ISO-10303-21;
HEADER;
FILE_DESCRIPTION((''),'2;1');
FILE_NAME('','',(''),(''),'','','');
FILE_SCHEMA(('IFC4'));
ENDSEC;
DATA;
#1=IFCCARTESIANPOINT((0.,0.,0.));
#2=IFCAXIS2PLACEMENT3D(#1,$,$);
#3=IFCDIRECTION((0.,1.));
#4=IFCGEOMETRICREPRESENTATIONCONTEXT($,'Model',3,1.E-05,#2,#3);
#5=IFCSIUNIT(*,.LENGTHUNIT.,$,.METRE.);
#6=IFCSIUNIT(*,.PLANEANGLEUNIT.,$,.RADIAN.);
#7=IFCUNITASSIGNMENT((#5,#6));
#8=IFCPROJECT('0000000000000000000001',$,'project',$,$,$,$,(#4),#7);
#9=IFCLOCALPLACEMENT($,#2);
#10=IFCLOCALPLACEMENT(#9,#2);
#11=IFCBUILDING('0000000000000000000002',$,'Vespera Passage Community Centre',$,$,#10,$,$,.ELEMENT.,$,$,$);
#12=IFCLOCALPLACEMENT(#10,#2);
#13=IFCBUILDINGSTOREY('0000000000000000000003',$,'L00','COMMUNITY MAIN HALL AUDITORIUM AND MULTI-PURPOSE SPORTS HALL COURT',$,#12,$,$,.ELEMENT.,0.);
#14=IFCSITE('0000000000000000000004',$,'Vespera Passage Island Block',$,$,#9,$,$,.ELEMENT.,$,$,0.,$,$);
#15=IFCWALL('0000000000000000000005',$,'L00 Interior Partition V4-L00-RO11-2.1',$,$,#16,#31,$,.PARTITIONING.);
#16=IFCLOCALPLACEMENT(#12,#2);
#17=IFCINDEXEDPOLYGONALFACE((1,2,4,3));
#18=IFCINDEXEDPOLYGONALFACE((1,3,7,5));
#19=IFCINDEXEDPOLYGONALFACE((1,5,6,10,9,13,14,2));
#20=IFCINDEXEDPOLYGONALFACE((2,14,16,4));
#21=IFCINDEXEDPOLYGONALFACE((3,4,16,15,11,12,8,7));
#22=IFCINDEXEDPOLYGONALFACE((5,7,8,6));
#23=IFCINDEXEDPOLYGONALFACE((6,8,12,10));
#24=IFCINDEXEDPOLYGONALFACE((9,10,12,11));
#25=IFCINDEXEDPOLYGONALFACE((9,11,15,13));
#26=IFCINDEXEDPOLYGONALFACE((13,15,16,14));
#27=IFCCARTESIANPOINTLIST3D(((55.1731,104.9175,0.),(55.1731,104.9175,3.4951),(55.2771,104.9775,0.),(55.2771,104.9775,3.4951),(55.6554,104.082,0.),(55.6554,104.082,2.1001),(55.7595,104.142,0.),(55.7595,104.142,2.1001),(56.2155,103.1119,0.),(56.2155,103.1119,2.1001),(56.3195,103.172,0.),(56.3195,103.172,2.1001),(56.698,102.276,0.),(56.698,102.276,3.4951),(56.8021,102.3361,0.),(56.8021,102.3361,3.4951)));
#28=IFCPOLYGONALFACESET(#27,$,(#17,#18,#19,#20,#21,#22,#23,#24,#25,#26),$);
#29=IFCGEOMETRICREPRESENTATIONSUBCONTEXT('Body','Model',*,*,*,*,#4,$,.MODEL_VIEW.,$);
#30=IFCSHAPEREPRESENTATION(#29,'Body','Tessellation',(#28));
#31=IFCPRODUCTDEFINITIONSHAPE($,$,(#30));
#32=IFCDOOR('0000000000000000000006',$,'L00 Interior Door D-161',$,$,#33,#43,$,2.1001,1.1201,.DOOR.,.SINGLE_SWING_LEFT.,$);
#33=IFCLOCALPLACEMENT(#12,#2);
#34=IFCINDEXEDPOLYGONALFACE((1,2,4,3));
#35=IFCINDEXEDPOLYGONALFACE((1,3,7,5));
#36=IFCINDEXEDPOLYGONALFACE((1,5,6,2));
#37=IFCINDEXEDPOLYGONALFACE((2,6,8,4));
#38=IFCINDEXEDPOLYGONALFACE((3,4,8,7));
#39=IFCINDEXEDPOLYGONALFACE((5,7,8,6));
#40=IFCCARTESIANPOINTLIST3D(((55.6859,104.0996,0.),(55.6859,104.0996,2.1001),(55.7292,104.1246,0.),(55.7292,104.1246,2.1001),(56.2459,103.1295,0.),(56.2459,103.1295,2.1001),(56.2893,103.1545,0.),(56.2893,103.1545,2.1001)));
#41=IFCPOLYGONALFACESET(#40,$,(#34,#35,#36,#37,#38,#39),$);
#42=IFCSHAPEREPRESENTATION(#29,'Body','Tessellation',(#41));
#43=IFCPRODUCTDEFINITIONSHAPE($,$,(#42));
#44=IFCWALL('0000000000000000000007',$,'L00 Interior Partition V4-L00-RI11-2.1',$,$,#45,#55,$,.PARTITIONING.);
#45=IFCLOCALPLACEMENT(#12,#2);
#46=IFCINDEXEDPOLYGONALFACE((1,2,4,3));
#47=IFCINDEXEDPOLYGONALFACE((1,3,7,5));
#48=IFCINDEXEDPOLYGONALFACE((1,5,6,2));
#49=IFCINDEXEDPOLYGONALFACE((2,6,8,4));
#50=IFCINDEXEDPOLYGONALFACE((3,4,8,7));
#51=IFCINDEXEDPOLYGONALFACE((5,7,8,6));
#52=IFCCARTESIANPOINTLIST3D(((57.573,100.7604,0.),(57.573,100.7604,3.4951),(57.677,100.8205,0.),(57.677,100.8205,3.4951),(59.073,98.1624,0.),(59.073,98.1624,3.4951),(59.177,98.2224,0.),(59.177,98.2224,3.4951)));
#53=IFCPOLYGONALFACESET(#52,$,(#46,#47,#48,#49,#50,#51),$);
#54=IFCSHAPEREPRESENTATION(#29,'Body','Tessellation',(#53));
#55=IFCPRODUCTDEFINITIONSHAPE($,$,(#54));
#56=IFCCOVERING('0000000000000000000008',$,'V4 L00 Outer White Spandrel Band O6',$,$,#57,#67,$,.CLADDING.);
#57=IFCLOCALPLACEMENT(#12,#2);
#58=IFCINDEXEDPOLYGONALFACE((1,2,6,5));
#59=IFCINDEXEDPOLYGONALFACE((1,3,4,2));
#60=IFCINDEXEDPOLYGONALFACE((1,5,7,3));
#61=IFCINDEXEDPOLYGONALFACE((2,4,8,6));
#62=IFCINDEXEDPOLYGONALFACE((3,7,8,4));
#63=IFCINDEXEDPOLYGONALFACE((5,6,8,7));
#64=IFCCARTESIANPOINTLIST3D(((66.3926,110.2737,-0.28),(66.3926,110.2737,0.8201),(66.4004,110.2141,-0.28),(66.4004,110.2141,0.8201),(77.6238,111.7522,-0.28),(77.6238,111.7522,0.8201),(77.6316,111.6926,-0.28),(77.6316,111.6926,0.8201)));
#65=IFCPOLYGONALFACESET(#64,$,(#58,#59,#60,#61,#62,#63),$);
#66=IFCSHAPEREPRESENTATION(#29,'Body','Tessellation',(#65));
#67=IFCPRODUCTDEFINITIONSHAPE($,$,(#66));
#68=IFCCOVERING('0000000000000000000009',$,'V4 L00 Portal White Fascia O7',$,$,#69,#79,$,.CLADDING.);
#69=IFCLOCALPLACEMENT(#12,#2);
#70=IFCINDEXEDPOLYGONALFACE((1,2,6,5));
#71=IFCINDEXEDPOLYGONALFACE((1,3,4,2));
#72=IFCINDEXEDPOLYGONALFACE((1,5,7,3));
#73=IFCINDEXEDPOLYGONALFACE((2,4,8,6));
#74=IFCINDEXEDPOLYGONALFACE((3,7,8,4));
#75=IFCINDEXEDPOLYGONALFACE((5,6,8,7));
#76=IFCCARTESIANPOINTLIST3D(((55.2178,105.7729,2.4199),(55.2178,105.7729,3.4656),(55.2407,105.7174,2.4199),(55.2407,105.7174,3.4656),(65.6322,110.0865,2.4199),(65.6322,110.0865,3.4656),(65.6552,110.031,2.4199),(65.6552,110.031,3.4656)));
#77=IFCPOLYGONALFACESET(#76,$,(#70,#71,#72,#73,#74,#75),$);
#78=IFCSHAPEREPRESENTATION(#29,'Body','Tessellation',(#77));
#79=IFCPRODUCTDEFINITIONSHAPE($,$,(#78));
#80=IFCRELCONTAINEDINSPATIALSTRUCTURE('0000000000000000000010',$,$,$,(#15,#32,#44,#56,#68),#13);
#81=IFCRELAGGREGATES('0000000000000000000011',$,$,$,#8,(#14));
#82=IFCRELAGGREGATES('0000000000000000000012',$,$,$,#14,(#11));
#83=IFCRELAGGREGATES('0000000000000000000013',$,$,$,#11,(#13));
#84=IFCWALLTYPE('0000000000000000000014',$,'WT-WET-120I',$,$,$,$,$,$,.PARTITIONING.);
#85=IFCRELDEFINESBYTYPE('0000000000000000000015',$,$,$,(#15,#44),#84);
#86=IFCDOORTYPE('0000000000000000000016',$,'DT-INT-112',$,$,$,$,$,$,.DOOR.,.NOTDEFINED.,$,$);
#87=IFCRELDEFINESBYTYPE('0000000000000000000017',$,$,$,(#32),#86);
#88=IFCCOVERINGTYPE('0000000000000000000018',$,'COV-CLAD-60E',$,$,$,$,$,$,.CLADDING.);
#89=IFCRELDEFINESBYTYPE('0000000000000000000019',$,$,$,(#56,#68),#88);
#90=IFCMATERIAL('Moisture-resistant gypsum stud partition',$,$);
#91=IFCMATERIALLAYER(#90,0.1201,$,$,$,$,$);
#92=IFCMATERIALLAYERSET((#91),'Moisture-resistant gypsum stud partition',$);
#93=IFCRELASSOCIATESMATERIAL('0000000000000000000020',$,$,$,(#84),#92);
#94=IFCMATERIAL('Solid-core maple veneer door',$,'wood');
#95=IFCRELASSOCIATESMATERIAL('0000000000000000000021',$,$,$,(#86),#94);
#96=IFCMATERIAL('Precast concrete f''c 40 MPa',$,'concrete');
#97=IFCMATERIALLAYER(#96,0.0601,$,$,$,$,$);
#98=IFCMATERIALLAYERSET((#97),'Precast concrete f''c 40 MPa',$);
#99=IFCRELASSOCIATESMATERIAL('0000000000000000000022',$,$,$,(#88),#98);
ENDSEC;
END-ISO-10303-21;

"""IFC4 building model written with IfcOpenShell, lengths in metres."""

from ifc_helpers import new_model, si_unit, direction, frame, frame_2d, origin, place, context, subcontext, project, spatial, rectangle, extrude, material, layer, layer_set, type_object, element, fill, save


model = new_model("IFC4")

# Units and contexts
model_context = context("Model", 3, precision=1e-05, world=origin(), true_north=direction((0.0, 1.0)))
body_context = subcontext(model_context, "Body", "Model", "MODEL_VIEW")
ifc_project = project(units=[si_unit("LENGTHUNIT", "METRE"), si_unit("PLANEANGLEUNIT", "RADIAN")], contexts=[model_context])

# Site, building, storey
site_placement = place(None, origin())
site = spatial("IfcSite", under=ifc_project, at=site_placement, Name="Vespera Passage Island Block", CompositionType="ELEMENT", RefElevation=0.0)
building_placement = place(site_placement, origin())
building = spatial("IfcBuilding", under=site, at=building_placement, Name="Vespera Passage Community Centre", CompositionType="ELEMENT")
storey_placement = place(building_placement, origin())
storey = spatial("IfcBuildingStorey", under=building, at=storey_placement, Name="L00", Description="COMMUNITY MAIN HALL AUDITORIUM AND MULTI-PURPOSE SPORTS HALL COURT", CompositionType="ELEMENT", Elevation=0.0)

# Wall, opening, door
ifc_material_1 = material(Name="Moisture-resistant gypsum stud partition")
ifc_layer_1 = layer(ifc_material_1, 0.1201)
ifc_layer_set_1 = layer_set([ifc_layer_1], Name="Moisture-resistant gypsum stud partition")
wall_type_1 = type_object("IfcWallType", Name="WT-WET-120I", PredefinedType="PARTITIONING", material=ifc_layer_set_1)
wall_1_placement = place(storey_placement, frame((56.75, 102.3062, 0.0), z_axis=(0.0, 0.0, 1.0), x_axis=(-0.499979, 0.866038, 0.0)))
wall_1 = element("IfcWall", 1, at=wall_1_placement, inside=storey, type_object=wall_type_1, Name="L00 Interior Partition V4-L00-RO11-2.1", PredefinedType="PARTITIONING", context=body_context, shape_type="SweptSolid", body=[
    extrude(rectangle(XDim=3.05, YDim=0.1201, at=frame_2d((1.5249, 0.0))), origin(), (0.0, 0.0, 1.0), 3.4951),
])
opening_1_placement = place(wall_1_placement, frame((0.9651, 0.0, 0.0)))
opening_1 = element("IfcOpeningElement", 2, at=opening_1_placement, cuts=wall_1, PredefinedType="OPENING", context=body_context, shape_type="SweptSolid", body=[
    extrude(rectangle(XDim=1.1201, YDim=2.1001, at=frame_2d((0.5601, 1.05))), frame((0.0, 0.0701, 0.0), z_axis=(0.0, -1.0, 0.0), x_axis=(1.0, 0.0, 0.0)), (0.0, 0.0, 1.0), 0.1401),
])
ifc_material_2 = material(Name="Solid-core maple veneer door", Category="wood")
door_type_1 = type_object("IfcDoorType", Name="DT-INT-112", OperationType="NOTDEFINED", PredefinedType="DOOR", material=ifc_material_2)
door_1_placement = place(opening_1_placement, origin())
door_1 = element("IfcDoor", 3, at=door_1_placement, inside=storey, type_object=door_type_1, Name="L00 Interior Door D-161", OperationType="SINGLE_SWING_LEFT", OverallHeight=2.1001, OverallWidth=1.1201, PredefinedType="DOOR", context=body_context, shape_type="SweptSolid", body=[
    extrude(rectangle(XDim=1.1201, YDim=2.1001, at=frame_2d((0.5601, 1.05))), frame((0.0, 0.0249, 0.0), z_axis=(0.0, -1.0, 0.0), x_axis=(1.0, 0.0, 0.0)), (0.0, 0.0, 1.0), 0.05),
])
fill(opening_1, door_1)

# Wall
wall_2_placement = place(storey_placement, frame((59.125, 98.1924, 0.0), z_axis=(0.0, 0.0, 1.0), x_axis=(-0.49999, 0.866031, 0.0)))
element("IfcWall", 4, at=wall_2_placement, inside=storey, type_object=wall_type_1, Name="L00 Interior Partition V4-L00-RI11-2.1", PredefinedType="PARTITIONING", context=body_context, shape_type="SweptSolid", body=[
    extrude(rectangle(XDim=3.0, YDim=0.1201, at=frame_2d((1.5, 0.0))), origin(), (0.0, 0.0, 1.0), 3.4951),
])

# Coverings
ifc_material_3 = material(Name="Precast concrete f'c 40 MPa", Category="concrete")
ifc_layer_2 = layer(ifc_material_3, 0.0601)
ifc_layer_set_2 = layer_set([ifc_layer_2], Name="Precast concrete f'c 40 MPa")
covering_type = type_object("IfcCoveringType", Name="COV-CLAD-60E", PredefinedType="CLADDING", material=ifc_layer_set_2)
covering_1_placement = place(storey_placement, frame((66.3965, 110.2439, -0.28), z_axis=(0.0, 0.0, 1.0), x_axis=(0.991446, 0.130518, 0.0)))
element("IfcCovering", 5, at=covering_1_placement, inside=storey, type_object=covering_type, Name="V4 L00 Outer White Spandrel Band O6", PredefinedType="CLADDING", context=body_context, shape_type="SweptSolid", body=[
    extrude(rectangle(XDim=11.3281, YDim=0.0601, at=frame_2d((5.6641, 0.0))), origin(), (0.0, 0.0, 1.0), 1.1001),
])
covering_2_placement = place(storey_placement, frame((55.2292, 105.7451, 2.4199), z_axis=(0.0, 0.0, 1.0), x_axis=(0.923884, 0.382674, 0.0)))
element("IfcCovering", 6, at=covering_2_placement, inside=storey, type_object=covering_type, Name="V4 L00 Portal White Fascia O7", PredefinedType="CLADDING", context=body_context, shape_type="SweptSolid", body=[
    extrude(rectangle(XDim=11.2725, YDim=0.0601, at=frame_2d((5.6362, 0.0))), origin(), (0.0, 0.0, 1.0), 1.0457),
])

save(model, "model.ifc")
